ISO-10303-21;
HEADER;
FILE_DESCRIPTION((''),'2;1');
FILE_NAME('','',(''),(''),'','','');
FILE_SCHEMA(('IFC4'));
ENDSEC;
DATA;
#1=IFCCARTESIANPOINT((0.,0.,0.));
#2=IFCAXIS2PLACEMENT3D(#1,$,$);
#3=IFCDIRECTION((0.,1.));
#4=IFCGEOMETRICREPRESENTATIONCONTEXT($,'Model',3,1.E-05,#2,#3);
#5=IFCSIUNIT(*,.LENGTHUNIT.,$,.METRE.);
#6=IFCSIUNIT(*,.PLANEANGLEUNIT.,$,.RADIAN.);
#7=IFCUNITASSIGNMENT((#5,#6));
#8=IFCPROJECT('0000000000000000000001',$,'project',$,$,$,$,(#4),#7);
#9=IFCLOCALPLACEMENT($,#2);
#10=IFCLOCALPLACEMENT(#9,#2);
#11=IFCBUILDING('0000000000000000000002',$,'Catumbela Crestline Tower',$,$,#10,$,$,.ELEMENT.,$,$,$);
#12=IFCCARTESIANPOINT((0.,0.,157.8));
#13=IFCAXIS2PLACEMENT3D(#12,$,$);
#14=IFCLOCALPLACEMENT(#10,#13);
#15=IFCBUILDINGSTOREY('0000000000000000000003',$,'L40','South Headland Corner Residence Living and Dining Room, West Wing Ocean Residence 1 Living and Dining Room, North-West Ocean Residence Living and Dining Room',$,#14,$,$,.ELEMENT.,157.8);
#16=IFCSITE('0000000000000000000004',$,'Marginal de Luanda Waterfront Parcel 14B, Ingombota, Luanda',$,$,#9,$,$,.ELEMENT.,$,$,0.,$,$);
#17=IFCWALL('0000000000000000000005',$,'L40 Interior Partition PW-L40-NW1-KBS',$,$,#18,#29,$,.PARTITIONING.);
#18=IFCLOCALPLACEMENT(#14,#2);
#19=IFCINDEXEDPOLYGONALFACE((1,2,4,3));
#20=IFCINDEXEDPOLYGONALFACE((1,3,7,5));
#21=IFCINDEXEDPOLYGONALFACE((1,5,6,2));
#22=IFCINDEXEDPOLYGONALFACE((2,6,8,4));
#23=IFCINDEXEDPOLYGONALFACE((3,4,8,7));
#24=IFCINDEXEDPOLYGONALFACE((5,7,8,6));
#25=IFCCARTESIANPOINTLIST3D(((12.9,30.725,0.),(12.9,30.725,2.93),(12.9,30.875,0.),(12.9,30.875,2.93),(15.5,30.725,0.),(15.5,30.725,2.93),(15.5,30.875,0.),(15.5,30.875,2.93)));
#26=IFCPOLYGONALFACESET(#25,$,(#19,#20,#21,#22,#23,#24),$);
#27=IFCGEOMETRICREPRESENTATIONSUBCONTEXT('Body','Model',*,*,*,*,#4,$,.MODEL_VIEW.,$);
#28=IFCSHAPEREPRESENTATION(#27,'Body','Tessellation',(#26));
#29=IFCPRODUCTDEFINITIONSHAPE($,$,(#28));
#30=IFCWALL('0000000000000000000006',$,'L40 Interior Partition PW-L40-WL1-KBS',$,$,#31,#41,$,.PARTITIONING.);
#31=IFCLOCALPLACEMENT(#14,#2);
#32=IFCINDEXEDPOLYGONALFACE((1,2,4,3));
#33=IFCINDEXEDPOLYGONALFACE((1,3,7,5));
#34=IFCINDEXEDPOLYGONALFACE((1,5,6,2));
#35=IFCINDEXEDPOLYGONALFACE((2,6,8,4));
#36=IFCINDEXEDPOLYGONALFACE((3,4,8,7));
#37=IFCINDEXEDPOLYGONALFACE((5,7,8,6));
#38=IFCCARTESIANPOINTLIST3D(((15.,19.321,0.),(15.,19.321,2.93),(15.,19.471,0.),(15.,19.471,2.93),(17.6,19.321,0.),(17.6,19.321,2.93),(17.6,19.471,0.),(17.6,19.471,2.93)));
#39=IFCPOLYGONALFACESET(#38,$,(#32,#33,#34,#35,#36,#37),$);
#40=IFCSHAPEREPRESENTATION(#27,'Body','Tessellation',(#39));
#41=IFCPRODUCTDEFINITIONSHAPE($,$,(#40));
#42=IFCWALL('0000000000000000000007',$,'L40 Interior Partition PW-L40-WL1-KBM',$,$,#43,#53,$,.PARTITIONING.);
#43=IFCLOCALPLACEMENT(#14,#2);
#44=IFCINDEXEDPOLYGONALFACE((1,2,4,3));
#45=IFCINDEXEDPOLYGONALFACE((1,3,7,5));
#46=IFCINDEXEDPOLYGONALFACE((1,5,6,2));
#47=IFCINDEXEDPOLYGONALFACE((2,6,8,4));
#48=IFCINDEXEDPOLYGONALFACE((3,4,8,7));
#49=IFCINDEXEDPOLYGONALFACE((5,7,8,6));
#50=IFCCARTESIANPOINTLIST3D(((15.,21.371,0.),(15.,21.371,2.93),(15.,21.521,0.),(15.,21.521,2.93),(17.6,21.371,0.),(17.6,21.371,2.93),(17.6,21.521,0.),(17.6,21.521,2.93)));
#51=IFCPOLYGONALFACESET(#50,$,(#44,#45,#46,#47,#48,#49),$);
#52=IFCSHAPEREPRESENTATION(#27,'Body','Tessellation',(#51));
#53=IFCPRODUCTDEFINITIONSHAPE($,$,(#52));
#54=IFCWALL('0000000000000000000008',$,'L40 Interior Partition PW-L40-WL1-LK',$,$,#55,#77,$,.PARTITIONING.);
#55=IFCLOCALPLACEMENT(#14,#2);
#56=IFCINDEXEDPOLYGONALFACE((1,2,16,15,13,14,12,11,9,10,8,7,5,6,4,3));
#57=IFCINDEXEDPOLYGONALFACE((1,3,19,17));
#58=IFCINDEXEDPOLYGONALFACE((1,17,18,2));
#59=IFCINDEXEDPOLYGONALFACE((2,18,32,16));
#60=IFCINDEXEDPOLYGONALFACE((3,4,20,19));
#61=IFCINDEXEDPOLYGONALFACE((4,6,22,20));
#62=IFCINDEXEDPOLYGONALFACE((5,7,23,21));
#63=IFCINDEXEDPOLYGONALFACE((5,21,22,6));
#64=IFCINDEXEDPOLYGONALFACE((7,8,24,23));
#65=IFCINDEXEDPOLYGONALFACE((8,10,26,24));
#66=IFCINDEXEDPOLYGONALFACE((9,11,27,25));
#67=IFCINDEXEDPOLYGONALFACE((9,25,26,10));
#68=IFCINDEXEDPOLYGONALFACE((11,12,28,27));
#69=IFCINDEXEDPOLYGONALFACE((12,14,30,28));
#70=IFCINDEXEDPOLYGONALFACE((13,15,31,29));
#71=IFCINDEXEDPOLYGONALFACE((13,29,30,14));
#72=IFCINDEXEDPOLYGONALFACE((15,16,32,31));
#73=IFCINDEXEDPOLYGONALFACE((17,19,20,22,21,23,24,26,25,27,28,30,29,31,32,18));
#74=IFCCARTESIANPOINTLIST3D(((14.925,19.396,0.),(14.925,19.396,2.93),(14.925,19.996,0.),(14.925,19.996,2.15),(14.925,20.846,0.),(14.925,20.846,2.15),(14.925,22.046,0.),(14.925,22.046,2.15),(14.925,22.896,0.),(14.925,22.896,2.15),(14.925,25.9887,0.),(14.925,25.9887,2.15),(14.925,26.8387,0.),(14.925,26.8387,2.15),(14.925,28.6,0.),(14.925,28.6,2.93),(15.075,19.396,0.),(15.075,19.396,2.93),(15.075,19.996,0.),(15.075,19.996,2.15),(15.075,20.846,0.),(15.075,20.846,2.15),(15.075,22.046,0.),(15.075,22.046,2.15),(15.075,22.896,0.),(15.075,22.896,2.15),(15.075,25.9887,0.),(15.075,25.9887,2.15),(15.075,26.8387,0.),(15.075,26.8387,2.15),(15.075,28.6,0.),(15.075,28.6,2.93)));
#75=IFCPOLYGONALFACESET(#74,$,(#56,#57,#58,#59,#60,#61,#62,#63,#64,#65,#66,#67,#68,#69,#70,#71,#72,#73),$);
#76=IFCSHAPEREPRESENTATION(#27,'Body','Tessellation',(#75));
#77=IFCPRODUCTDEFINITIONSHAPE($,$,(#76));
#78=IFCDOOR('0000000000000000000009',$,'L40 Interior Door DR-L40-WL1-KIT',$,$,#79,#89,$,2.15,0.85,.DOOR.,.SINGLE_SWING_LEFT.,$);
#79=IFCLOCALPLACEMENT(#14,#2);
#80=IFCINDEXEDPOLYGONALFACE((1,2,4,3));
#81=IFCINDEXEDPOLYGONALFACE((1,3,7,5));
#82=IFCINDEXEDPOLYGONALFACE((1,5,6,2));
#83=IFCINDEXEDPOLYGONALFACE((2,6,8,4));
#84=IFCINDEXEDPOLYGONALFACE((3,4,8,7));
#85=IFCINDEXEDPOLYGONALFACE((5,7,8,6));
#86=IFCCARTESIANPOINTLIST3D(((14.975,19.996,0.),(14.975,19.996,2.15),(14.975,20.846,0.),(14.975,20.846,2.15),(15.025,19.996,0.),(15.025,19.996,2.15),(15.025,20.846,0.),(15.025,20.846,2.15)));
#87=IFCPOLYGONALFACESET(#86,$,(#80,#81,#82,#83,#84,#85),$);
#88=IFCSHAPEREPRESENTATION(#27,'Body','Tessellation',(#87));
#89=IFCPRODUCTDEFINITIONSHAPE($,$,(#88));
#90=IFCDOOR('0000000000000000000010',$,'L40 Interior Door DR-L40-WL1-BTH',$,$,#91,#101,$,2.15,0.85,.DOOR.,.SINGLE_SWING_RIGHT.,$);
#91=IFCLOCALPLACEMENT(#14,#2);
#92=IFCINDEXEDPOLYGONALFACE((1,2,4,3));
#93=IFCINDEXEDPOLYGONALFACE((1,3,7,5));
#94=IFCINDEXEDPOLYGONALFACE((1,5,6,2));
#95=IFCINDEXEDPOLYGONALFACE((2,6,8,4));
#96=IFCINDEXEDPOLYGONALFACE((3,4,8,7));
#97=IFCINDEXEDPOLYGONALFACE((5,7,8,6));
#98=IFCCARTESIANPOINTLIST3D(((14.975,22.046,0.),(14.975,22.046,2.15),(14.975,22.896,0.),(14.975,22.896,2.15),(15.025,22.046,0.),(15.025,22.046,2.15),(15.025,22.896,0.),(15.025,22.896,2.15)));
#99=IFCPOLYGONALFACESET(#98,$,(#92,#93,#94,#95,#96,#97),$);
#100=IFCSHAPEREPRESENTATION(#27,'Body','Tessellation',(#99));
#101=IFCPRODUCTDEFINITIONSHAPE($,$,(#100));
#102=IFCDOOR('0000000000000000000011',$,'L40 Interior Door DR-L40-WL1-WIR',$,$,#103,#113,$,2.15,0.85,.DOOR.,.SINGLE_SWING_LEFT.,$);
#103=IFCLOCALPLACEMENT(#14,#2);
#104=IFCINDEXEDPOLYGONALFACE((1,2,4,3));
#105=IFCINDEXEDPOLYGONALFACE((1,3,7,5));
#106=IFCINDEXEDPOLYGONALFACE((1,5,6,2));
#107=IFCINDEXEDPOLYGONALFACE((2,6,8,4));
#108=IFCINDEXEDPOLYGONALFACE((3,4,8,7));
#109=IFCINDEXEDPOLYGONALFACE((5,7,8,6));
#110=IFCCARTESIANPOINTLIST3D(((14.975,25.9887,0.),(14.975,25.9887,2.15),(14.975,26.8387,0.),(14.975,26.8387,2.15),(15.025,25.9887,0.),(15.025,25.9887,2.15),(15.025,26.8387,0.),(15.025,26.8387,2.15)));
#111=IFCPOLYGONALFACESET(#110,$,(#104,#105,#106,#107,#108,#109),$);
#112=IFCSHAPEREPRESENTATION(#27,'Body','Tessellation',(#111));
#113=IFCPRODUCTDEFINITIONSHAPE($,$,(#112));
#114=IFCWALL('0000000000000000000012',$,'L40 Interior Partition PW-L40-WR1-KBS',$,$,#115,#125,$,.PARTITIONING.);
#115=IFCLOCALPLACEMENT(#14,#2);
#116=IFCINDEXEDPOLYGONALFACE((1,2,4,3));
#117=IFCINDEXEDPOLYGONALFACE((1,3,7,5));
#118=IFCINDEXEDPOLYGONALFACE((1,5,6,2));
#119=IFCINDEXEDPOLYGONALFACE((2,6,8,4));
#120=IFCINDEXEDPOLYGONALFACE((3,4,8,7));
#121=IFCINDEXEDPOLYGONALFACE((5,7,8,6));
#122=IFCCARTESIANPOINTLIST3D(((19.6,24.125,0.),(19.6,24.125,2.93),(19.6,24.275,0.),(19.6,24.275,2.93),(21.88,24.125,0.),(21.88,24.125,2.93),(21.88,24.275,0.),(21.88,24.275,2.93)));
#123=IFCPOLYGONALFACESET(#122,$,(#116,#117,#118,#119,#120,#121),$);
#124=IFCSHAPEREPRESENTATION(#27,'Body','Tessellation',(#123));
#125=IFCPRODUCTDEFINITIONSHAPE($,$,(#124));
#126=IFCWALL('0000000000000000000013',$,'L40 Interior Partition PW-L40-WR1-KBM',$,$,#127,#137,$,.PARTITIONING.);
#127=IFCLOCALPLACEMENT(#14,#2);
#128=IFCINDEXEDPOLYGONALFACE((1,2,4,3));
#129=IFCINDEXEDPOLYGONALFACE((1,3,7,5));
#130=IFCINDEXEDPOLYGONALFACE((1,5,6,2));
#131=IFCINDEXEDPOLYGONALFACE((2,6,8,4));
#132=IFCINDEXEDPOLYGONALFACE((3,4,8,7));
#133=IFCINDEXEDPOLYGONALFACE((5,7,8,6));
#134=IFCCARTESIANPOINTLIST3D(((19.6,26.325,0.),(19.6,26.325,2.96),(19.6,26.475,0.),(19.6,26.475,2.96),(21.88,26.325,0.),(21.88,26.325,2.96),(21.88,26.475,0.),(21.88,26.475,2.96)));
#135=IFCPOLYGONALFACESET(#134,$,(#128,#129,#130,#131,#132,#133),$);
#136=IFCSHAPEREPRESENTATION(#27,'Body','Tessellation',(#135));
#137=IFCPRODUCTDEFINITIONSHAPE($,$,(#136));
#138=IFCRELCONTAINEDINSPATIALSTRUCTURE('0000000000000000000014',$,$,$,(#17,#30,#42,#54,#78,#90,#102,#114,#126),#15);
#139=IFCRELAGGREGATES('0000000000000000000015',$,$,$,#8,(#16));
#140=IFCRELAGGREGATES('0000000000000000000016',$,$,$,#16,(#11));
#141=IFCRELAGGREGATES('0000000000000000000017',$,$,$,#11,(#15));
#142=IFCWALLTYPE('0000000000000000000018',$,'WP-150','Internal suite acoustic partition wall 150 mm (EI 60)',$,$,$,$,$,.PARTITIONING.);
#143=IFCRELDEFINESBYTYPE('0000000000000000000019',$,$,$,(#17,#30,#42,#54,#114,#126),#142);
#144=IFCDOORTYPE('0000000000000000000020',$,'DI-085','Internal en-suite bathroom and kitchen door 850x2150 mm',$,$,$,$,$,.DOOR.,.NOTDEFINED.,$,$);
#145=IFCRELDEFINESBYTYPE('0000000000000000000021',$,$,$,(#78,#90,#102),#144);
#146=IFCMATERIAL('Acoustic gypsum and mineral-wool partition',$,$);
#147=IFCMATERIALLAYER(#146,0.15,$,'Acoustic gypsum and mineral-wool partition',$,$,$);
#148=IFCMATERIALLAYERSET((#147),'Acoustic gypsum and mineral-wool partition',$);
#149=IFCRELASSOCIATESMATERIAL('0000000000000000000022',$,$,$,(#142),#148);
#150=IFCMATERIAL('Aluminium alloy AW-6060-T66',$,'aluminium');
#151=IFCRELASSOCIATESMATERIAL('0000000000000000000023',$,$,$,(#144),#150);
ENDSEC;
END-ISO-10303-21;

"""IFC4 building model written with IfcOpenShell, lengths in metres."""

from ifc_helpers import new_model, si_unit, direction, frame, frame_2d, origin, place, context, subcontext, project, spatial, rectangle, extrude, material, layer, layer_set, type_object, element, fill, save


model = new_model("IFC4")

# Units and contexts
model_context = context("Model", 3, precision=1e-05, world=origin(), true_north=direction((0.0, 1.0)))
body_context = subcontext(model_context, "Body", "Model", "MODEL_VIEW")
ifc_project = project(units=[si_unit("LENGTHUNIT", "METRE"), si_unit("PLANEANGLEUNIT", "RADIAN")], contexts=[model_context])

# Site, building, storey
site_placement = place(None, origin())
site = spatial("IfcSite", under=ifc_project, at=site_placement, Name="Marginal de Luanda Waterfront Parcel 14B, Ingombota, Luanda", CompositionType="ELEMENT", RefElevation=0.0)
building_placement = place(site_placement, origin())
building = spatial("IfcBuilding", under=site, at=building_placement, Name="Catumbela Crestline Tower", CompositionType="ELEMENT")
storey_placement = place(building_placement, frame((0.0, 0.0, 157.8)))
storey = spatial("IfcBuildingStorey", under=building, at=storey_placement, Name="L40", Description="South Headland Corner Residence Living and Dining Room, West Wing Ocean Residence 1 Living and Dining Room, North-West Ocean Residence Living and Dining Room", CompositionType="ELEMENT", Elevation=157.8)

# Shared definitions
ifc_material_1 = material(Name="Acoustic gypsum and mineral-wool partition")

# Shared definitions
ifc_material_2 = material(Name="Aluminium alloy AW-6060-T66", Category="aluminium")

# Walls
ifc_layer_1 = layer(ifc_material_1, 0.15, Name="Acoustic gypsum and mineral-wool partition")
ifc_layer_set_1 = layer_set([ifc_layer_1], Name="Acoustic gypsum and mineral-wool partition")
wall_type_1 = type_object("IfcWallType", Name="WP-150", Description="Internal suite acoustic partition wall 150 mm (EI 60)", PredefinedType="PARTITIONING", material=ifc_layer_set_1)
for number, where, z_axis, x_axis, name in (
    (1, (12.9, 30.8, 0.0), (0.0, 0.0, 1.0), (1.0, 0.0, 0.0), "L40 Interior Partition PW-L40-NW1-KBS"),
    (2, (15.0, 19.396, 0.0), (0.0, 0.0, 1.0), (1.0, 0.0, 0.0), "L40 Interior Partition PW-L40-WL1-KBS"),
    (3, (15.0, 21.446, 0.0), (0.0, 0.0, 1.0), (1.0, 0.0, 0.0), "L40 Interior Partition PW-L40-WL1-KBM"),
):
    element("IfcWall", number, at=place(storey_placement, frame(where, z_axis=z_axis, x_axis=x_axis)), inside=storey, type_object=wall_type_1, Name=name, PredefinedType="PARTITIONING", context=body_context, shape_type="SweptSolid", body=[
        extrude(rectangle(XDim=2.6, YDim=0.15, at=frame_2d((1.3, 0.0))), origin(), (0.0, 0.0, 1.0), 2.93),
    ])

# Wall, openings, doors
wall_1_placement = place(storey_placement, frame((15.0, 19.396, 0.0), z_axis=(0.0, 0.0, 1.0), x_axis=(0.0, 1.0, 0.0)))
wall_1 = element("IfcWall", 4, at=wall_1_placement, inside=storey, type_object=wall_type_1, Name="L40 Interior Partition PW-L40-WL1-LK", PredefinedType="PARTITIONING", context=body_context, shape_type="SweptSolid", body=[
    extrude(rectangle(XDim=9.204, YDim=0.15, at=frame_2d((4.602, 0.0))), origin(), (0.0, 0.0, 1.0), 2.93),
])
opening_1_placement = place(wall_1_placement, frame((0.6, 0.0, 0.0)))
opening_1 = element("IfcOpeningElement", 5, at=opening_1_placement, cuts=wall_1, PredefinedType="OPENING", context=body_context, shape_type="SweptSolid", body=[
    extrude(rectangle(XDim=0.85, YDim=2.15, at=frame_2d((0.425, 1.075))), frame((0.0, 0.085, 0.0), z_axis=(0.0, -1.0, 0.0), x_axis=(1.0, 0.0, 0.0)), (0.0, 0.0, 1.0), 0.17),
])
opening_2_placement = place(wall_1_placement, frame((2.65, 0.0, 0.0)))
opening_2 = element("IfcOpeningElement", 6, at=opening_2_placement, cuts=wall_1, PredefinedType="OPENING", context=body_context, shape_type="SweptSolid", body=[
    extrude(rectangle(XDim=0.85, YDim=2.15, at=frame_2d((0.425, 1.075))), frame((0.0, 0.085, 0.0), z_axis=(0.0, -1.0, 0.0), x_axis=(1.0, 0.0, 0.0)), (0.0, 0.0, 1.0), 0.17),
])
opening_3_placement = place(wall_1_placement, frame((6.5927, 0.0, 0.0)))
opening_3 = element("IfcOpeningElement", 7, at=opening_3_placement, cuts=wall_1, PredefinedType="OPENING", context=body_context, shape_type="SweptSolid", body=[
    extrude(rectangle(XDim=0.85, YDim=2.15, at=frame_2d((0.425, 1.075))), frame((0.0, 0.085, 0.0), z_axis=(0.0, -1.0, 0.0), x_axis=(1.0, 0.0, 0.0)), (0.0, 0.0, 1.0), 0.17),
])
door_type_1 = type_object("IfcDoorType", Name="DI-085", Description="Internal en-suite bathroom and kitchen door 850x2150 mm", OperationType="NOTDEFINED", PredefinedType="DOOR", material=ifc_material_2)
door_1_placement = place(opening_1_placement, origin())
door_1 = element("IfcDoor", 8, at=door_1_placement, inside=storey, type_object=door_type_1, Name="L40 Interior Door DR-L40-WL1-KIT", OperationType="SINGLE_SWING_LEFT", OverallHeight=2.15, OverallWidth=0.85, PredefinedType="DOOR", context=body_context, shape_type="SweptSolid", body=[
    extrude(rectangle(XDim=0.85, YDim=2.15, at=frame_2d((0.425, 1.075))), frame((0.0, 0.025, 0.0), z_axis=(0.0, -1.0, 0.0), x_axis=(1.0, 0.0, 0.0)), (0.0, 0.0, 1.0), 0.05),
])
fill(opening_1, door_1)
door_2_placement = place(opening_2_placement, origin())
door_2 = element("IfcDoor", 9, at=door_2_placement, inside=storey, type_object=door_type_1, Name="L40 Interior Door DR-L40-WL1-BTH", OperationType="SINGLE_SWING_RIGHT", OverallHeight=2.15, OverallWidth=0.85, PredefinedType="DOOR", context=body_context, shape_type="SweptSolid", body=[
    extrude(rectangle(XDim=0.85, YDim=2.15, at=frame_2d((0.425, 1.075))), frame((0.0, 0.025, 0.0), z_axis=(0.0, -1.0, 0.0), x_axis=(1.0, 0.0, 0.0)), (0.0, 0.0, 1.0), 0.05),
])
fill(opening_2, door_2)
door_3_placement = place(opening_3_placement, origin())
door_3 = element("IfcDoor", 10, at=door_3_placement, inside=storey, type_object=door_type_1, Name="L40 Interior Door DR-L40-WL1-WIR", OperationType="SINGLE_SWING_LEFT", OverallHeight=2.15, OverallWidth=0.85, PredefinedType="DOOR", context=body_context, shape_type="SweptSolid", body=[
    extrude(rectangle(XDim=0.85, YDim=2.15, at=frame_2d((0.425, 1.075))), frame((0.0, 0.025, 0.0), z_axis=(0.0, -1.0, 0.0), x_axis=(1.0, 0.0, 0.0)), (0.0, 0.0, 1.0), 0.05),
])
fill(opening_3, door_3)

# Walls
wall_2_placement = place(storey_placement, frame((19.6, 24.2, 0.0), z_axis=(0.0, 0.0, 1.0), x_axis=(1.0, 0.0, 0.0)))
element("IfcWall", 11, at=wall_2_placement, inside=storey, type_object=wall_type_1, Name="L40 Interior Partition PW-L40-WR1-KBS", PredefinedType="PARTITIONING", context=body_context, shape_type="SweptSolid", body=[
    extrude(rectangle(XDim=2.28, YDim=0.15, at=frame_2d((1.14, 0.0))), origin(), (0.0, 0.0, 1.0), 2.93),
])
wall_3_placement = place(storey_placement, frame((19.6, 26.4, 0.0), z_axis=(0.0, 0.0, 1.0), x_axis=(1.0, 0.0, 0.0)))
element("IfcWall", 12, at=wall_3_placement, inside=storey, type_object=wall_type_1, Name="L40 Interior Partition PW-L40-WR1-KBM", PredefinedType="PARTITIONING", context=body_context, shape_type="SweptSolid", body=[
    extrude(rectangle(XDim=2.28, YDim=0.15, at=frame_2d((1.14, 0.0))), origin(), (0.0, 0.0, 1.0), 2.96),
])

save(model, "model.ifc")
